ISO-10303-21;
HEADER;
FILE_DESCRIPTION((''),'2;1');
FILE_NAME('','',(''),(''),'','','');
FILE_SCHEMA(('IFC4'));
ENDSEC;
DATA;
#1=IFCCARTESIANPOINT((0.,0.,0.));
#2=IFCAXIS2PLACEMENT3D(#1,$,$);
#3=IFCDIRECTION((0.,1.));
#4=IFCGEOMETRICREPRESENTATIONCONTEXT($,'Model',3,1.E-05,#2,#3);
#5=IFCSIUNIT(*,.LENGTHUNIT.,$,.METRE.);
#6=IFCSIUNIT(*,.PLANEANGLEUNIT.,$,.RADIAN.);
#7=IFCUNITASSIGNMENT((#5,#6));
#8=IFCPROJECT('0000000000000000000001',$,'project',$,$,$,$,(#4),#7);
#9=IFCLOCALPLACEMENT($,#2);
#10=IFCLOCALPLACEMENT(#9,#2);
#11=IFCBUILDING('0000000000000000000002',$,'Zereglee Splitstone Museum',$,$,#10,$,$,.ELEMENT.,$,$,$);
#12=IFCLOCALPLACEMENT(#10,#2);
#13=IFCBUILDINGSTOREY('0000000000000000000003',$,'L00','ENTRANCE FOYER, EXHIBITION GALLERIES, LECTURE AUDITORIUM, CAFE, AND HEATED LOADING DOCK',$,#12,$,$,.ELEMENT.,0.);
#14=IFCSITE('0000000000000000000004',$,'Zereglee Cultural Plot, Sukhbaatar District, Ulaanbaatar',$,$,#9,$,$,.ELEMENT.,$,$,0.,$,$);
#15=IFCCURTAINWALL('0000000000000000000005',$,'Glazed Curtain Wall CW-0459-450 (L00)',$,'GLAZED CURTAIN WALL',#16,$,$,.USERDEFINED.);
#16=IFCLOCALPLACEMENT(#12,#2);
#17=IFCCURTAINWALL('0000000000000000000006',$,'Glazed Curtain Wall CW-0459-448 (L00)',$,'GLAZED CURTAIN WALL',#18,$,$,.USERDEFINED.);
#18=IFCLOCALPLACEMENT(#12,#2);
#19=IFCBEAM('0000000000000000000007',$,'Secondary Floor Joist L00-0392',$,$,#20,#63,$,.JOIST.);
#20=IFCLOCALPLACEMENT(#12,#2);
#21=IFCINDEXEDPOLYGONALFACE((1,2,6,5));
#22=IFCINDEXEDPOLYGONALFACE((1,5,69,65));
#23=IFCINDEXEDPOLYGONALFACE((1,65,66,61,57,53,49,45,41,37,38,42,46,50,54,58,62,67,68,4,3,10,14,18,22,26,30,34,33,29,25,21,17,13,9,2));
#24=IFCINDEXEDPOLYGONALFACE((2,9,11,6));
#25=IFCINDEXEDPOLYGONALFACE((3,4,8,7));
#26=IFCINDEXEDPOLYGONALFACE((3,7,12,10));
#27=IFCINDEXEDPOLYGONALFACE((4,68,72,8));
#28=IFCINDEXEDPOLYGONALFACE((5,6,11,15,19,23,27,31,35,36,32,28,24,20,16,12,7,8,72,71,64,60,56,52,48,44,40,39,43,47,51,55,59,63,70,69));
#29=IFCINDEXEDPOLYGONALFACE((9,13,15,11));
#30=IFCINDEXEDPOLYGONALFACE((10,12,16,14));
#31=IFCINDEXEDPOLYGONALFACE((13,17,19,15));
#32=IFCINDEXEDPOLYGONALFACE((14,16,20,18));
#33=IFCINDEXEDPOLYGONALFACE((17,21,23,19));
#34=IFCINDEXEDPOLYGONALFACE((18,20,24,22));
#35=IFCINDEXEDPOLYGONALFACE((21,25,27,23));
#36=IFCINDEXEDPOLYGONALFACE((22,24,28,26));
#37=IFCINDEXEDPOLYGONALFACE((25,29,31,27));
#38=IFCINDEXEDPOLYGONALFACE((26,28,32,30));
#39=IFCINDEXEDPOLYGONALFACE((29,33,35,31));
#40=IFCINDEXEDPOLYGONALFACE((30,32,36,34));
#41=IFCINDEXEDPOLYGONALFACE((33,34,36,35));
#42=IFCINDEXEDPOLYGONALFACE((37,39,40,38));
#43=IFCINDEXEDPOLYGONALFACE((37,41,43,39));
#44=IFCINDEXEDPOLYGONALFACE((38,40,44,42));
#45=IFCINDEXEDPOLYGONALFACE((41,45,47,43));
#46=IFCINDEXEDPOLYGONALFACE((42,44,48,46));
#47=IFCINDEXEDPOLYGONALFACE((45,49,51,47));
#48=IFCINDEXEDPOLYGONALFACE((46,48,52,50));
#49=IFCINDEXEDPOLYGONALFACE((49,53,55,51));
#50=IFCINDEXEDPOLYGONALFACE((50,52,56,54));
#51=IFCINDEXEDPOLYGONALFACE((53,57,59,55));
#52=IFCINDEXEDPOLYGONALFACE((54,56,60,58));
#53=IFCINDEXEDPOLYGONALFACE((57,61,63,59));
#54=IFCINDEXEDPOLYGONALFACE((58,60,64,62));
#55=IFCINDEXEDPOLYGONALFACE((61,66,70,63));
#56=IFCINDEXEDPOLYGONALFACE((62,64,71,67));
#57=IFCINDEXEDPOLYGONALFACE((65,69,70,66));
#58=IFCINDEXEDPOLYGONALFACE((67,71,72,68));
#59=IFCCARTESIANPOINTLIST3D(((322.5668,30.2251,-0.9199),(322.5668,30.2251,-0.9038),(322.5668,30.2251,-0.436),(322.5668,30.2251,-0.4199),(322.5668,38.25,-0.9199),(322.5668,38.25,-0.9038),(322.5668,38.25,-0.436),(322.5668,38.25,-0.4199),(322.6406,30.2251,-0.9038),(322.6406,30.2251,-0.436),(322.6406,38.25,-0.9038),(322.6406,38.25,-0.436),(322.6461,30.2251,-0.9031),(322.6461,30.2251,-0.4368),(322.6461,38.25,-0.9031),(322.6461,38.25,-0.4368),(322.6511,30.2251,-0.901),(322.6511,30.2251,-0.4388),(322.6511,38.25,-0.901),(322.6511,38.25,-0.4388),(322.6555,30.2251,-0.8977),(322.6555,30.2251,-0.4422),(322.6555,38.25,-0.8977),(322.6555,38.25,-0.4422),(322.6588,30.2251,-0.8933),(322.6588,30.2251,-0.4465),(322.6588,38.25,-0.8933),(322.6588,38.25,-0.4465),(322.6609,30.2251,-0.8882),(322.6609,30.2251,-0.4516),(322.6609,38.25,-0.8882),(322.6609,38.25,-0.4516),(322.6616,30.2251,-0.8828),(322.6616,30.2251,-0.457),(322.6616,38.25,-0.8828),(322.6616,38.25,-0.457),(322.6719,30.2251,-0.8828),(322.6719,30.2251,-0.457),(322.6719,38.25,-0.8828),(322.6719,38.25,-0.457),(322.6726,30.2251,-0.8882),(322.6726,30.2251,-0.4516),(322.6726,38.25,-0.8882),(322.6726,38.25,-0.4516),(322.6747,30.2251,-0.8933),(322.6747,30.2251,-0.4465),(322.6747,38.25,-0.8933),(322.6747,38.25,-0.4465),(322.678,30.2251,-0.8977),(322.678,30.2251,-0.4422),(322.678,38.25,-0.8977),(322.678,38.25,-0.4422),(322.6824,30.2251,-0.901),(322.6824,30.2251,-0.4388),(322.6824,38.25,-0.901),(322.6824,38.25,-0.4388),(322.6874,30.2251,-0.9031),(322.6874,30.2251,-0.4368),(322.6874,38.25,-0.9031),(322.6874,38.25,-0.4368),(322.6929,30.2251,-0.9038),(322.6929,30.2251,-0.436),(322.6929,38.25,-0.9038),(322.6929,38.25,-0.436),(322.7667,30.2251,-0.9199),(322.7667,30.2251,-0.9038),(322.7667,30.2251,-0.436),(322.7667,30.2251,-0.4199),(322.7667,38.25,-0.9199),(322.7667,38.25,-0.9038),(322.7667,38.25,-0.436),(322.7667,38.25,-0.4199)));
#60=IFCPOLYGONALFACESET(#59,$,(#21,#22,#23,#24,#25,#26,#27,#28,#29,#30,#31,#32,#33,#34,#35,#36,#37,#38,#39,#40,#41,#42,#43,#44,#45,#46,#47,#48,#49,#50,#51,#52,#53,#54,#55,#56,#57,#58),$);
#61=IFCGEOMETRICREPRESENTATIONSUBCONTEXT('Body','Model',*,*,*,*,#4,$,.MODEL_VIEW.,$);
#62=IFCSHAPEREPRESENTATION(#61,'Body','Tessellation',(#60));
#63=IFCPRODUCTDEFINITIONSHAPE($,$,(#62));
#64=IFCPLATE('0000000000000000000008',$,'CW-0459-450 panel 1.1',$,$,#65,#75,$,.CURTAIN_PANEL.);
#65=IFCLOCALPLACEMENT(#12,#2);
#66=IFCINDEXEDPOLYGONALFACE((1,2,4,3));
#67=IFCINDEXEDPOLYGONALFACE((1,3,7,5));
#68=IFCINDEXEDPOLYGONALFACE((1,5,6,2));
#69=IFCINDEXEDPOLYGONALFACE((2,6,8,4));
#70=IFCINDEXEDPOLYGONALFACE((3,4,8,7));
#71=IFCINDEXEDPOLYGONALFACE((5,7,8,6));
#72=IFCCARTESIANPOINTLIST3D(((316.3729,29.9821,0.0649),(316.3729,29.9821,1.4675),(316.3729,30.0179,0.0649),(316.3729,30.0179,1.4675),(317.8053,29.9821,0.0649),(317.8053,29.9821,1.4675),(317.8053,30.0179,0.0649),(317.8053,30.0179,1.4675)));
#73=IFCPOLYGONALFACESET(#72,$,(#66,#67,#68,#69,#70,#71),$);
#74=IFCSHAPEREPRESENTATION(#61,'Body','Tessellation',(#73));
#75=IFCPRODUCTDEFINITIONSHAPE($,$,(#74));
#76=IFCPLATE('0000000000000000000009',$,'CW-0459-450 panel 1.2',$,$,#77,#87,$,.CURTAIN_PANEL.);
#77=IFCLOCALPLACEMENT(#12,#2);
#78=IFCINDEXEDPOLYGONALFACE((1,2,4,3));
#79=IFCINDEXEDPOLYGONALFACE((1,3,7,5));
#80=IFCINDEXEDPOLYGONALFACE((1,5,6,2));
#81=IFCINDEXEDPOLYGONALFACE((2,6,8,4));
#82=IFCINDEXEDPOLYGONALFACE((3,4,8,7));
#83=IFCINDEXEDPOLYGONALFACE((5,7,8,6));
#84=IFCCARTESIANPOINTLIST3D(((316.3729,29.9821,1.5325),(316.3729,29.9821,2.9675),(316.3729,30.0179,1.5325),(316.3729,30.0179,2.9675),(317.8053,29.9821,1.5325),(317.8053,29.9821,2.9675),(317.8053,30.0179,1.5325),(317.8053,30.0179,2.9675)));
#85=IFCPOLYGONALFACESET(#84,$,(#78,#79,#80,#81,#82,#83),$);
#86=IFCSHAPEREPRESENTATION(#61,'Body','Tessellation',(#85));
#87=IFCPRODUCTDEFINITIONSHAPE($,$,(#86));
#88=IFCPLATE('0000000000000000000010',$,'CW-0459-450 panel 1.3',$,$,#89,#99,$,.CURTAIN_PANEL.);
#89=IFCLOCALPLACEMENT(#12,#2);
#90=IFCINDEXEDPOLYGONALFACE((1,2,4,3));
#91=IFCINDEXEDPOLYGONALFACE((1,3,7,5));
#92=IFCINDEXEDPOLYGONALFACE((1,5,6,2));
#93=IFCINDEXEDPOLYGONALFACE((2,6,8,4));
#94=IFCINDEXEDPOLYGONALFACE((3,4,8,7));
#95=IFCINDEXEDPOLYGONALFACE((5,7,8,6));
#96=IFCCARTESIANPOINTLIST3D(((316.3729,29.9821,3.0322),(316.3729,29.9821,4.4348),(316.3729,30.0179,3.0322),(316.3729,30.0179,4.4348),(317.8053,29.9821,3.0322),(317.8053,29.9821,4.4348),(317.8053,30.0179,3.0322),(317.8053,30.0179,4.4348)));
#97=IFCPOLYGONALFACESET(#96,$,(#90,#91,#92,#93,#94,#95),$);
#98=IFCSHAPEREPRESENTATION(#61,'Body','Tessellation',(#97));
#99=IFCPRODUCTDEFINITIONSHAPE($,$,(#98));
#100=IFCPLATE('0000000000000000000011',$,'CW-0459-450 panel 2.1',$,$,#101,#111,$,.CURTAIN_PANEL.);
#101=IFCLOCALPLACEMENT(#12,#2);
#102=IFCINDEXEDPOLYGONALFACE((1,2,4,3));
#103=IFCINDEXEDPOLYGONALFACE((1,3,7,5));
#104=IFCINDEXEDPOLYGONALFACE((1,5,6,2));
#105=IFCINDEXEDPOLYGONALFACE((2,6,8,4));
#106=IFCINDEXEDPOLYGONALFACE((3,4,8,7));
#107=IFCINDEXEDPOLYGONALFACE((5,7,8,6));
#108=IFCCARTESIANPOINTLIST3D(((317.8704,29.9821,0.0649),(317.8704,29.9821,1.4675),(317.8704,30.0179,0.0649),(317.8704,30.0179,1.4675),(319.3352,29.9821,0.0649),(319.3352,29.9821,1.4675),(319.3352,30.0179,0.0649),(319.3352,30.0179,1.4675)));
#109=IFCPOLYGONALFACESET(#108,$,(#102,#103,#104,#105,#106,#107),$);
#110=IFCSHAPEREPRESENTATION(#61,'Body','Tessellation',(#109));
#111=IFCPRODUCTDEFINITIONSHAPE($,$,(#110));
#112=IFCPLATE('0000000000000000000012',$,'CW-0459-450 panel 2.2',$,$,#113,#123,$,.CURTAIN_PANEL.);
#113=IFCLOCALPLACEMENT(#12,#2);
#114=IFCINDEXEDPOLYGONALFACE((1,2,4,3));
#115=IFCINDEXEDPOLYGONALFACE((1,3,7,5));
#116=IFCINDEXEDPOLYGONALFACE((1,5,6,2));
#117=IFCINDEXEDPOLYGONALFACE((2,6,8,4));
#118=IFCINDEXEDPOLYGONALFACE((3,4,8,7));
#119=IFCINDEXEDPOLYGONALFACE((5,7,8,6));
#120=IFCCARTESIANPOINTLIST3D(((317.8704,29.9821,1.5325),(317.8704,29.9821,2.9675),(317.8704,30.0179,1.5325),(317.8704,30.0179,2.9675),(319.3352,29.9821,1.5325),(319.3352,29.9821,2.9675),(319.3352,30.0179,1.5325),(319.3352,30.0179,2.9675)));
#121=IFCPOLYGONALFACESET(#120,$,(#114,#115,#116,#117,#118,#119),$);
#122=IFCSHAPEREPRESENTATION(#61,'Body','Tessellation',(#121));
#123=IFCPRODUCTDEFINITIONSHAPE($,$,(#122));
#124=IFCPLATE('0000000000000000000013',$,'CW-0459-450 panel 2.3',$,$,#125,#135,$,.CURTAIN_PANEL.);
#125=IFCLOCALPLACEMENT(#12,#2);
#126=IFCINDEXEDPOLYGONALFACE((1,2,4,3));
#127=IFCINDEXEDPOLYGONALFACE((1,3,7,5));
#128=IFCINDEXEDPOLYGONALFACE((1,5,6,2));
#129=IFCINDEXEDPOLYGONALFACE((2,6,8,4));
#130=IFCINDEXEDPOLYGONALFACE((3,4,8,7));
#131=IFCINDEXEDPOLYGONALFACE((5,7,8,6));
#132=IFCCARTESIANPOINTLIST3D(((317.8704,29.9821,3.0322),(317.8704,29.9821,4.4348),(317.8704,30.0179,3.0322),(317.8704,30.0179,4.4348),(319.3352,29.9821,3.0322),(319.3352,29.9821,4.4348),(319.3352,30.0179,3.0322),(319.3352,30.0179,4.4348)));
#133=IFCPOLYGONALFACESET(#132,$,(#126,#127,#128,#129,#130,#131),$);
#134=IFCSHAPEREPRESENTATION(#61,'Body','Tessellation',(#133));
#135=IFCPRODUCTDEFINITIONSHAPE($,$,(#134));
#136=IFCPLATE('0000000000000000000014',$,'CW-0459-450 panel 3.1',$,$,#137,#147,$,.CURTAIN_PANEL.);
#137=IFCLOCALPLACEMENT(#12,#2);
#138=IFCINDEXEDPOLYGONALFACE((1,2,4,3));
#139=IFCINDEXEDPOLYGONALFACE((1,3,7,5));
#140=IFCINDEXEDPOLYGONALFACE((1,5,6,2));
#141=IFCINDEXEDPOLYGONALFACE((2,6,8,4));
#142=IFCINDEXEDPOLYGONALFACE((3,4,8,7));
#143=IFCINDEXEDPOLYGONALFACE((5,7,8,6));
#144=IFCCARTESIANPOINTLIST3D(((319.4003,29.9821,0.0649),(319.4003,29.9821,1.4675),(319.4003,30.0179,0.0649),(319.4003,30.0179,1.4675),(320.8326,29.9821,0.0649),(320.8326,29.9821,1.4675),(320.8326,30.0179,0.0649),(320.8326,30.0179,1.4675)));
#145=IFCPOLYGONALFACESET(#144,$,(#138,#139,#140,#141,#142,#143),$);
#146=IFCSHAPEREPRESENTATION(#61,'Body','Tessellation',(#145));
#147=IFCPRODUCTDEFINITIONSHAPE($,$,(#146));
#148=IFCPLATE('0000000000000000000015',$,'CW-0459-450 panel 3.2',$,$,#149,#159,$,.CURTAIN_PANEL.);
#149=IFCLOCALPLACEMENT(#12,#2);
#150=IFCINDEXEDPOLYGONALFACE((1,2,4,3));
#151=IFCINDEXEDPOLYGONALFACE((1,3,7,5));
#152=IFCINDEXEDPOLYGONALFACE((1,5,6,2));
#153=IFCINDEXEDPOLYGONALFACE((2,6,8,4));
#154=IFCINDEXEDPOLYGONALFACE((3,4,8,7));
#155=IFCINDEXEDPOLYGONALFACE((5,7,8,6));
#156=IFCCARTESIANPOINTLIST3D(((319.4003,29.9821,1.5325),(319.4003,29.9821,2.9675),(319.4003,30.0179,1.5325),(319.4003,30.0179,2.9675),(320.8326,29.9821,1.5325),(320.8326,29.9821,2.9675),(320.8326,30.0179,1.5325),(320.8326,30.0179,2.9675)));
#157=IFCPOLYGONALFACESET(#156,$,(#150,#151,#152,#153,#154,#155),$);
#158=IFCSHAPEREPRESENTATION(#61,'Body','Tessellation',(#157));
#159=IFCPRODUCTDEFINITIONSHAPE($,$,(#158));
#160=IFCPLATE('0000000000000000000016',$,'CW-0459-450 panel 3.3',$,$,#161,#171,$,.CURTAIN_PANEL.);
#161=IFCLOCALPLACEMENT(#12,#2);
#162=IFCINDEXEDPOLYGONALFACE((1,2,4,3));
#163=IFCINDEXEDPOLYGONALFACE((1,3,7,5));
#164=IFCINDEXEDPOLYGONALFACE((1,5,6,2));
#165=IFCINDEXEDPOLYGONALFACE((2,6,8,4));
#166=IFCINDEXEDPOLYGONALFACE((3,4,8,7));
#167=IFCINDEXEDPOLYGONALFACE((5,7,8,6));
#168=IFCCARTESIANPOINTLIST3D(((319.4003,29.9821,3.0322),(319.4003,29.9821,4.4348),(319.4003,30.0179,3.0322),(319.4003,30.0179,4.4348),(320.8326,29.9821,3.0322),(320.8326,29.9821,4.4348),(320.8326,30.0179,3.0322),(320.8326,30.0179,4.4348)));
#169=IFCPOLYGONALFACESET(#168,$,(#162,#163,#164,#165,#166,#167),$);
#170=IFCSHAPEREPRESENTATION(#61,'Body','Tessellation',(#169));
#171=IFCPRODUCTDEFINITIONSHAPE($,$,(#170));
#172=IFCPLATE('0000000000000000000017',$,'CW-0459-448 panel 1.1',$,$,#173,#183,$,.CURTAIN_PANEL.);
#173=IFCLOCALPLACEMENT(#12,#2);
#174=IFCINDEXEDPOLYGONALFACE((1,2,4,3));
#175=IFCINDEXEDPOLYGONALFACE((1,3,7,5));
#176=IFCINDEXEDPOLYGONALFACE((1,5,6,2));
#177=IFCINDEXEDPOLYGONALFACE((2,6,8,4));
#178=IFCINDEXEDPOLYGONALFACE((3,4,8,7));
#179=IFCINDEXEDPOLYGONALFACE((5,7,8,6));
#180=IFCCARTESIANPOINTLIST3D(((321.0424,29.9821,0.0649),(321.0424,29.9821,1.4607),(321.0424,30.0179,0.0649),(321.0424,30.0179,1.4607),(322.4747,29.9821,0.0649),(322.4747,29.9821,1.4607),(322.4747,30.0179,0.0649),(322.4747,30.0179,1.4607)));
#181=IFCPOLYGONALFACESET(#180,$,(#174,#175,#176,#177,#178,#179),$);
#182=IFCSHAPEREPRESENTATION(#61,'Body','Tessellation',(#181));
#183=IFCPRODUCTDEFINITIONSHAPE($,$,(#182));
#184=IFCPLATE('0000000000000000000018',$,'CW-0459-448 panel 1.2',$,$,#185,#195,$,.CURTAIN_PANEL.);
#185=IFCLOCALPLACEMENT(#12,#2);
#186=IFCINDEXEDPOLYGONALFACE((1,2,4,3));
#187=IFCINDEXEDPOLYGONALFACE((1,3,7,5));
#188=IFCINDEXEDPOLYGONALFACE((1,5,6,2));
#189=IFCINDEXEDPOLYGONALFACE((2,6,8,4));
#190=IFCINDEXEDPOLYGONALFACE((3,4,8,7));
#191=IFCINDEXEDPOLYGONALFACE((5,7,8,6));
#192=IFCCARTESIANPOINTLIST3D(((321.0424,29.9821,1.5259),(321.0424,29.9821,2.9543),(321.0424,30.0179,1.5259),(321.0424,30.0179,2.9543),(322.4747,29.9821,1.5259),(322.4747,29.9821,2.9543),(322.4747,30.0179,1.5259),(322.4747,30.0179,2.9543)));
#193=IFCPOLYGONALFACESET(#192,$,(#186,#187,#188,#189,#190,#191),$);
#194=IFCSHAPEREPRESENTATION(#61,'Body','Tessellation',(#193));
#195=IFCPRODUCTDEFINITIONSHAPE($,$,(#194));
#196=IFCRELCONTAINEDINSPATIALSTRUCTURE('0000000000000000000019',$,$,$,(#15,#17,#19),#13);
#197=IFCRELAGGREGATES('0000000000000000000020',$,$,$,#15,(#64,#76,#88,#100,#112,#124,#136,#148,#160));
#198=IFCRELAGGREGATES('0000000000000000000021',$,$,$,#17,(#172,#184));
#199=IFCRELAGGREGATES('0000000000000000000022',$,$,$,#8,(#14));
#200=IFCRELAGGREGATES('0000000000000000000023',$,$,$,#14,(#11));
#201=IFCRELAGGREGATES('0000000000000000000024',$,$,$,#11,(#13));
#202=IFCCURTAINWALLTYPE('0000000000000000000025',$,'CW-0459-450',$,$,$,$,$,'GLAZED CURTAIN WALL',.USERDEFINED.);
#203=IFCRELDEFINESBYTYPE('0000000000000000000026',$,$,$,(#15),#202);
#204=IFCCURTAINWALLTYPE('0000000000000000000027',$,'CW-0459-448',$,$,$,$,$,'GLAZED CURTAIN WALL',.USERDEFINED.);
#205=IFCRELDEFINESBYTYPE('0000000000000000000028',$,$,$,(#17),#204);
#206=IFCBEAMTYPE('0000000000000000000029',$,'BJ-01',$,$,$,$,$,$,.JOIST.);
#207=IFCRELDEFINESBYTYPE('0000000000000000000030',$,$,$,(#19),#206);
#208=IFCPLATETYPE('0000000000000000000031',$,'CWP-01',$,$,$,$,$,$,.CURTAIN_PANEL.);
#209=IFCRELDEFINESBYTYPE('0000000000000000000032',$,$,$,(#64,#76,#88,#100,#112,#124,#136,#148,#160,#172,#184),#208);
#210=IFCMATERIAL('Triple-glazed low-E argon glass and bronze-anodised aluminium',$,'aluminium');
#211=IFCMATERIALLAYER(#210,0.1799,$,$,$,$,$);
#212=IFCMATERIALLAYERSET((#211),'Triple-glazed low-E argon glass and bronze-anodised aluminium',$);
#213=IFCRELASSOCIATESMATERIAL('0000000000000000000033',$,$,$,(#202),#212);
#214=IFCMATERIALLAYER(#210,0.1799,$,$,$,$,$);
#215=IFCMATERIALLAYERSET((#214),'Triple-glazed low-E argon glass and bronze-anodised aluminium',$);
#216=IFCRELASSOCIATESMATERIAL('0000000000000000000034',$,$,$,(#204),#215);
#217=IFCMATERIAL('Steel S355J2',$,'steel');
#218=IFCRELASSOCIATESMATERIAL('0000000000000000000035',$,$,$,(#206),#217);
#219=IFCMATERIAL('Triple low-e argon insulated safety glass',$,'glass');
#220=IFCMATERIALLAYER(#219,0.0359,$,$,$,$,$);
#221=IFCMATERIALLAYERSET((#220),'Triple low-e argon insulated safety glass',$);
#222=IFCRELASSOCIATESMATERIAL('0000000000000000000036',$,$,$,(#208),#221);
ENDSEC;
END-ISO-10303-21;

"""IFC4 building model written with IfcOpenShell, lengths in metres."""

from ifc_helpers import new_model, si_unit, direction, frame, origin, origin_2d, place, context, subcontext, project, spatial, rectangle, i_section, extrude, material, layer, layer_set, material_profile, profile_set, type_object, element, aggregate, save


model = new_model("IFC4")

# Units and contexts
model_context = context("Model", 3, precision=1e-05, world=origin(), true_north=direction((0.0, 1.0)))
body_context = subcontext(model_context, "Body", "Model", "MODEL_VIEW")
ifc_project = project(units=[si_unit("LENGTHUNIT", "METRE"), si_unit("PLANEANGLEUNIT", "RADIAN")], contexts=[model_context])

# Site, building, storey
site_placement = place(None, origin())
site = spatial("IfcSite", under=ifc_project, at=site_placement, Name="Zereglee Cultural Plot, Sukhbaatar District, Ulaanbaatar", CompositionType="ELEMENT", RefElevation=0.0)
building_placement = place(site_placement, origin())
building = spatial("IfcBuilding", under=site, at=building_placement, Name="Zereglee Splitstone Museum", CompositionType="ELEMENT")
storey_placement = place(building_placement, origin())
storey = spatial("IfcBuildingStorey", under=building, at=storey_placement, Name="L00", Description="ENTRANCE FOYER, EXHIBITION GALLERIES, LECTURE AUDITORIUM, CAFE, AND HEATED LOADING DOCK", CompositionType="ELEMENT", Elevation=0.0)

# Curtain walls
ifc_material_1 = material(Name="Triple-glazed low-E argon glass and bronze-anodised aluminium", Category="aluminium")
ifc_layer_1 = layer(ifc_material_1, 0.1799)
ifc_layer_set_1 = layer_set([ifc_layer_1], Name="Triple-glazed low-E argon glass and bronze-anodised aluminium")
curtain_wall_type_1 = type_object("IfcCurtainWallType", Name="CW-0459-450", ElementType="GLAZED CURTAIN WALL", PredefinedType="USERDEFINED", material=ifc_layer_set_1)
curtain_wall_1_placement = place(storey_placement, origin())
curtain_wall_1 = element("IfcCurtainWall", 1, at=curtain_wall_1_placement, inside=storey, type_object=curtain_wall_type_1, Name="Glazed Curtain Wall CW-0459-450 (L00)", ObjectType="GLAZED CURTAIN WALL", PredefinedType="USERDEFINED")
ifc_layer_2 = layer(ifc_material_1, 0.1799)
ifc_layer_set_2 = layer_set([ifc_layer_2], Name="Triple-glazed low-E argon glass and bronze-anodised aluminium")
curtain_wall_type_2 = type_object("IfcCurtainWallType", Name="CW-0459-448", ElementType="GLAZED CURTAIN WALL", PredefinedType="USERDEFINED", material=ifc_layer_set_2)
curtain_wall_2_placement = place(storey_placement, origin())
curtain_wall_2 = element("IfcCurtainWall", 2, at=curtain_wall_2_placement, inside=storey, type_object=curtain_wall_type_2, Name="Glazed Curtain Wall CW-0459-448 (L00)", ObjectType="GLAZED CURTAIN WALL", PredefinedType="USERDEFINED")

# Beam
ifc_material_2 = material(Name="Steel S355J2", Category="steel")
ifc_material_profile_1 = material_profile(ifc_material_2, i_section(OverallWidth=0.2, OverallDepth=0.5, WebThickness=0.0103, FlangeThickness=0.0161, FilletRadius=0.021, at=origin_2d()), Name="IPE 500")
ifc_profile_set_1 = profile_set([ifc_material_profile_1], Name="Steel S355J2")
beam_type_1 = type_object("IfcBeamType", Name="BJ-01", PredefinedType="JOIST", material=ifc_profile_set_1)
beam_1_placement = place(storey_placement, frame((322.6667, 30.2251, -0.6699), z_axis=(0.0, 1.0, 0.0), x_axis=(-1.0, 0.0, 0.0)))
element("IfcBeam", 3, at=beam_1_placement, inside=storey, type_object=beam_type_1, Name="Secondary Floor Joist L00-0392", PredefinedType="JOIST", context=body_context, shape_type="SweptSolid", body=[
    extrude(i_section(OverallWidth=0.2, OverallDepth=0.5, WebThickness=0.0103, FlangeThickness=0.0161, FilletRadius=0.021, at=origin_2d()), origin(), (0.0, 0.0, 1.0), 8.0249),
])

# Plates
ifc_material_3 = material(Name="Triple low-e argon insulated safety glass", Category="glass")
ifc_layer_3 = layer(ifc_material_3, 0.0359)
ifc_layer_set_3 = layer_set([ifc_layer_3], Name="Triple low-e argon insulated safety glass")
plate_type = type_object("IfcPlateType", Name="CWP-01", PredefinedType="CURTAIN_PANEL", material=ifc_layer_set_3)
plate_1_placement = place(storey_placement, frame((317.0891, 30.0, 0.0649), z_axis=(0.0, 0.0, 1.0), x_axis=(1.0, 0.0, 0.0)))
plate_1 = element("IfcPlate", 4, at=plate_1_placement, type_object=plate_type, Name="CW-0459-450 panel 1.1", PredefinedType="CURTAIN_PANEL", context=body_context, shape_type="SweptSolid", body=[
    extrude(rectangle(XDim=1.4324, YDim=0.0359, at=origin_2d()), origin(), (0.0, 0.0, 1.0), 1.4026),
])
plate_2_placement = place(storey_placement, frame((317.0891, 30.0, 1.5325), z_axis=(0.0, 0.0, 1.0), x_axis=(1.0, 0.0, 0.0)))
plate_2 = element("IfcPlate", 5, at=plate_2_placement, type_object=plate_type, Name="CW-0459-450 panel 1.2", PredefinedType="CURTAIN_PANEL", context=body_context, shape_type="SweptSolid", body=[
    extrude(rectangle(XDim=1.4324, YDim=0.0359, at=origin_2d()), origin(), (0.0, 0.0, 1.0), 1.4351),
])
plate_3_placement = place(storey_placement, frame((317.0891, 30.0, 3.0322), z_axis=(0.0, 0.0, 1.0), x_axis=(1.0, 0.0, 0.0)))
plate_3 = element("IfcPlate", 6, at=plate_3_placement, type_object=plate_type, Name="CW-0459-450 panel 1.3", PredefinedType="CURTAIN_PANEL", context=body_context, shape_type="SweptSolid", body=[
    extrude(rectangle(XDim=1.4324, YDim=0.0359, at=origin_2d()), origin(), (0.0, 0.0, 1.0), 1.4026),
])
plate_4_placement = place(storey_placement, frame((318.6028, 30.0, 0.0649), z_axis=(0.0, 0.0, 1.0), x_axis=(1.0, 0.0, 0.0)))
plate_4 = element("IfcPlate", 7, at=plate_4_placement, type_object=plate_type, Name="CW-0459-450 panel 2.1", PredefinedType="CURTAIN_PANEL", context=body_context, shape_type="SweptSolid", body=[
    extrude(rectangle(XDim=1.4648, YDim=0.0359, at=origin_2d()), origin(), (0.0, 0.0, 1.0), 1.4026),
])
plate_5_placement = place(storey_placement, frame((318.6028, 30.0, 1.5325), z_axis=(0.0, 0.0, 1.0), x_axis=(1.0, 0.0, 0.0)))
plate_5 = element("IfcPlate", 8, at=plate_5_placement, type_object=plate_type, Name="CW-0459-450 panel 2.2", PredefinedType="CURTAIN_PANEL", context=body_context, shape_type="SweptSolid", body=[
    extrude(rectangle(XDim=1.4648, YDim=0.0359, at=origin_2d()), origin(), (0.0, 0.0, 1.0), 1.4351),
])
plate_6_placement = place(storey_placement, frame((318.6028, 30.0, 3.0322), z_axis=(0.0, 0.0, 1.0), x_axis=(1.0, 0.0, 0.0)))
plate_6 = element("IfcPlate", 9, at=plate_6_placement, type_object=plate_type, Name="CW-0459-450 panel 2.3", PredefinedType="CURTAIN_PANEL", context=body_context, shape_type="SweptSolid", body=[
    extrude(rectangle(XDim=1.4648, YDim=0.0359, at=origin_2d()), origin(), (0.0, 0.0, 1.0), 1.4026),
])
plate_7_placement = place(storey_placement, frame((320.1165, 30.0, 0.0649), z_axis=(0.0, 0.0, 1.0), x_axis=(1.0, 0.0, 0.0)))
plate_7 = element("IfcPlate", 10, at=plate_7_placement, type_object=plate_type, Name="CW-0459-450 panel 3.1", PredefinedType="CURTAIN_PANEL", context=body_context, shape_type="SweptSolid", body=[
    extrude(rectangle(XDim=1.4324, YDim=0.0359, at=origin_2d()), origin(), (0.0, 0.0, 1.0), 1.4026),
])
plate_8_placement = place(storey_placement, frame((320.1165, 30.0, 1.5325), z_axis=(0.0, 0.0, 1.0), x_axis=(1.0, 0.0, 0.0)))
plate_8 = element("IfcPlate", 11, at=plate_8_placement, type_object=plate_type, Name="CW-0459-450 panel 3.2", PredefinedType="CURTAIN_PANEL", context=body_context, shape_type="SweptSolid", body=[
    extrude(rectangle(XDim=1.4324, YDim=0.0359, at=origin_2d()), origin(), (0.0, 0.0, 1.0), 1.4351),
])
plate_9_placement = place(storey_placement, frame((320.1165, 30.0, 3.0322), z_axis=(0.0, 0.0, 1.0), x_axis=(1.0, 0.0, 0.0)))
plate_9 = element("IfcPlate", 12, at=plate_9_placement, type_object=plate_type, Name="CW-0459-450 panel 3.3", PredefinedType="CURTAIN_PANEL", context=body_context, shape_type="SweptSolid", body=[
    extrude(rectangle(XDim=1.4324, YDim=0.0359, at=origin_2d()), origin(), (0.0, 0.0, 1.0), 1.4026),
])
aggregate(curtain_wall_1, [plate_1, plate_2, plate_3, plate_4, plate_5, plate_6, plate_7, plate_8, plate_9])
plate_10_placement = place(storey_placement, frame((321.7585, 30.0, 0.0649), z_axis=(0.0, 0.0, 1.0), x_axis=(1.0, 0.0, 0.0)))
plate_10 = element("IfcPlate", 13, at=plate_10_placement, type_object=plate_type, Name="CW-0459-448 panel 1.1", PredefinedType="CURTAIN_PANEL", context=body_context, shape_type="SweptSolid", body=[
    extrude(rectangle(XDim=1.4324, YDim=0.0359, at=origin_2d()), origin(), (0.0, 0.0, 1.0), 1.3958),
])
plate_11_placement = place(storey_placement, frame((321.7585, 30.0, 1.5259), z_axis=(0.0, 0.0, 1.0), x_axis=(1.0, 0.0, 0.0)))
plate_11 = element("IfcPlate", 14, at=plate_11_placement, type_object=plate_type, Name="CW-0459-448 panel 1.2", PredefinedType="CURTAIN_PANEL", context=body_context, shape_type="SweptSolid", body=[
    extrude(rectangle(XDim=1.4324, YDim=0.0359, at=origin_2d()), origin(), (0.0, 0.0, 1.0), 1.4285),
])
aggregate(curtain_wall_2, [plate_10, plate_11])

save(model, "model.ifc")
